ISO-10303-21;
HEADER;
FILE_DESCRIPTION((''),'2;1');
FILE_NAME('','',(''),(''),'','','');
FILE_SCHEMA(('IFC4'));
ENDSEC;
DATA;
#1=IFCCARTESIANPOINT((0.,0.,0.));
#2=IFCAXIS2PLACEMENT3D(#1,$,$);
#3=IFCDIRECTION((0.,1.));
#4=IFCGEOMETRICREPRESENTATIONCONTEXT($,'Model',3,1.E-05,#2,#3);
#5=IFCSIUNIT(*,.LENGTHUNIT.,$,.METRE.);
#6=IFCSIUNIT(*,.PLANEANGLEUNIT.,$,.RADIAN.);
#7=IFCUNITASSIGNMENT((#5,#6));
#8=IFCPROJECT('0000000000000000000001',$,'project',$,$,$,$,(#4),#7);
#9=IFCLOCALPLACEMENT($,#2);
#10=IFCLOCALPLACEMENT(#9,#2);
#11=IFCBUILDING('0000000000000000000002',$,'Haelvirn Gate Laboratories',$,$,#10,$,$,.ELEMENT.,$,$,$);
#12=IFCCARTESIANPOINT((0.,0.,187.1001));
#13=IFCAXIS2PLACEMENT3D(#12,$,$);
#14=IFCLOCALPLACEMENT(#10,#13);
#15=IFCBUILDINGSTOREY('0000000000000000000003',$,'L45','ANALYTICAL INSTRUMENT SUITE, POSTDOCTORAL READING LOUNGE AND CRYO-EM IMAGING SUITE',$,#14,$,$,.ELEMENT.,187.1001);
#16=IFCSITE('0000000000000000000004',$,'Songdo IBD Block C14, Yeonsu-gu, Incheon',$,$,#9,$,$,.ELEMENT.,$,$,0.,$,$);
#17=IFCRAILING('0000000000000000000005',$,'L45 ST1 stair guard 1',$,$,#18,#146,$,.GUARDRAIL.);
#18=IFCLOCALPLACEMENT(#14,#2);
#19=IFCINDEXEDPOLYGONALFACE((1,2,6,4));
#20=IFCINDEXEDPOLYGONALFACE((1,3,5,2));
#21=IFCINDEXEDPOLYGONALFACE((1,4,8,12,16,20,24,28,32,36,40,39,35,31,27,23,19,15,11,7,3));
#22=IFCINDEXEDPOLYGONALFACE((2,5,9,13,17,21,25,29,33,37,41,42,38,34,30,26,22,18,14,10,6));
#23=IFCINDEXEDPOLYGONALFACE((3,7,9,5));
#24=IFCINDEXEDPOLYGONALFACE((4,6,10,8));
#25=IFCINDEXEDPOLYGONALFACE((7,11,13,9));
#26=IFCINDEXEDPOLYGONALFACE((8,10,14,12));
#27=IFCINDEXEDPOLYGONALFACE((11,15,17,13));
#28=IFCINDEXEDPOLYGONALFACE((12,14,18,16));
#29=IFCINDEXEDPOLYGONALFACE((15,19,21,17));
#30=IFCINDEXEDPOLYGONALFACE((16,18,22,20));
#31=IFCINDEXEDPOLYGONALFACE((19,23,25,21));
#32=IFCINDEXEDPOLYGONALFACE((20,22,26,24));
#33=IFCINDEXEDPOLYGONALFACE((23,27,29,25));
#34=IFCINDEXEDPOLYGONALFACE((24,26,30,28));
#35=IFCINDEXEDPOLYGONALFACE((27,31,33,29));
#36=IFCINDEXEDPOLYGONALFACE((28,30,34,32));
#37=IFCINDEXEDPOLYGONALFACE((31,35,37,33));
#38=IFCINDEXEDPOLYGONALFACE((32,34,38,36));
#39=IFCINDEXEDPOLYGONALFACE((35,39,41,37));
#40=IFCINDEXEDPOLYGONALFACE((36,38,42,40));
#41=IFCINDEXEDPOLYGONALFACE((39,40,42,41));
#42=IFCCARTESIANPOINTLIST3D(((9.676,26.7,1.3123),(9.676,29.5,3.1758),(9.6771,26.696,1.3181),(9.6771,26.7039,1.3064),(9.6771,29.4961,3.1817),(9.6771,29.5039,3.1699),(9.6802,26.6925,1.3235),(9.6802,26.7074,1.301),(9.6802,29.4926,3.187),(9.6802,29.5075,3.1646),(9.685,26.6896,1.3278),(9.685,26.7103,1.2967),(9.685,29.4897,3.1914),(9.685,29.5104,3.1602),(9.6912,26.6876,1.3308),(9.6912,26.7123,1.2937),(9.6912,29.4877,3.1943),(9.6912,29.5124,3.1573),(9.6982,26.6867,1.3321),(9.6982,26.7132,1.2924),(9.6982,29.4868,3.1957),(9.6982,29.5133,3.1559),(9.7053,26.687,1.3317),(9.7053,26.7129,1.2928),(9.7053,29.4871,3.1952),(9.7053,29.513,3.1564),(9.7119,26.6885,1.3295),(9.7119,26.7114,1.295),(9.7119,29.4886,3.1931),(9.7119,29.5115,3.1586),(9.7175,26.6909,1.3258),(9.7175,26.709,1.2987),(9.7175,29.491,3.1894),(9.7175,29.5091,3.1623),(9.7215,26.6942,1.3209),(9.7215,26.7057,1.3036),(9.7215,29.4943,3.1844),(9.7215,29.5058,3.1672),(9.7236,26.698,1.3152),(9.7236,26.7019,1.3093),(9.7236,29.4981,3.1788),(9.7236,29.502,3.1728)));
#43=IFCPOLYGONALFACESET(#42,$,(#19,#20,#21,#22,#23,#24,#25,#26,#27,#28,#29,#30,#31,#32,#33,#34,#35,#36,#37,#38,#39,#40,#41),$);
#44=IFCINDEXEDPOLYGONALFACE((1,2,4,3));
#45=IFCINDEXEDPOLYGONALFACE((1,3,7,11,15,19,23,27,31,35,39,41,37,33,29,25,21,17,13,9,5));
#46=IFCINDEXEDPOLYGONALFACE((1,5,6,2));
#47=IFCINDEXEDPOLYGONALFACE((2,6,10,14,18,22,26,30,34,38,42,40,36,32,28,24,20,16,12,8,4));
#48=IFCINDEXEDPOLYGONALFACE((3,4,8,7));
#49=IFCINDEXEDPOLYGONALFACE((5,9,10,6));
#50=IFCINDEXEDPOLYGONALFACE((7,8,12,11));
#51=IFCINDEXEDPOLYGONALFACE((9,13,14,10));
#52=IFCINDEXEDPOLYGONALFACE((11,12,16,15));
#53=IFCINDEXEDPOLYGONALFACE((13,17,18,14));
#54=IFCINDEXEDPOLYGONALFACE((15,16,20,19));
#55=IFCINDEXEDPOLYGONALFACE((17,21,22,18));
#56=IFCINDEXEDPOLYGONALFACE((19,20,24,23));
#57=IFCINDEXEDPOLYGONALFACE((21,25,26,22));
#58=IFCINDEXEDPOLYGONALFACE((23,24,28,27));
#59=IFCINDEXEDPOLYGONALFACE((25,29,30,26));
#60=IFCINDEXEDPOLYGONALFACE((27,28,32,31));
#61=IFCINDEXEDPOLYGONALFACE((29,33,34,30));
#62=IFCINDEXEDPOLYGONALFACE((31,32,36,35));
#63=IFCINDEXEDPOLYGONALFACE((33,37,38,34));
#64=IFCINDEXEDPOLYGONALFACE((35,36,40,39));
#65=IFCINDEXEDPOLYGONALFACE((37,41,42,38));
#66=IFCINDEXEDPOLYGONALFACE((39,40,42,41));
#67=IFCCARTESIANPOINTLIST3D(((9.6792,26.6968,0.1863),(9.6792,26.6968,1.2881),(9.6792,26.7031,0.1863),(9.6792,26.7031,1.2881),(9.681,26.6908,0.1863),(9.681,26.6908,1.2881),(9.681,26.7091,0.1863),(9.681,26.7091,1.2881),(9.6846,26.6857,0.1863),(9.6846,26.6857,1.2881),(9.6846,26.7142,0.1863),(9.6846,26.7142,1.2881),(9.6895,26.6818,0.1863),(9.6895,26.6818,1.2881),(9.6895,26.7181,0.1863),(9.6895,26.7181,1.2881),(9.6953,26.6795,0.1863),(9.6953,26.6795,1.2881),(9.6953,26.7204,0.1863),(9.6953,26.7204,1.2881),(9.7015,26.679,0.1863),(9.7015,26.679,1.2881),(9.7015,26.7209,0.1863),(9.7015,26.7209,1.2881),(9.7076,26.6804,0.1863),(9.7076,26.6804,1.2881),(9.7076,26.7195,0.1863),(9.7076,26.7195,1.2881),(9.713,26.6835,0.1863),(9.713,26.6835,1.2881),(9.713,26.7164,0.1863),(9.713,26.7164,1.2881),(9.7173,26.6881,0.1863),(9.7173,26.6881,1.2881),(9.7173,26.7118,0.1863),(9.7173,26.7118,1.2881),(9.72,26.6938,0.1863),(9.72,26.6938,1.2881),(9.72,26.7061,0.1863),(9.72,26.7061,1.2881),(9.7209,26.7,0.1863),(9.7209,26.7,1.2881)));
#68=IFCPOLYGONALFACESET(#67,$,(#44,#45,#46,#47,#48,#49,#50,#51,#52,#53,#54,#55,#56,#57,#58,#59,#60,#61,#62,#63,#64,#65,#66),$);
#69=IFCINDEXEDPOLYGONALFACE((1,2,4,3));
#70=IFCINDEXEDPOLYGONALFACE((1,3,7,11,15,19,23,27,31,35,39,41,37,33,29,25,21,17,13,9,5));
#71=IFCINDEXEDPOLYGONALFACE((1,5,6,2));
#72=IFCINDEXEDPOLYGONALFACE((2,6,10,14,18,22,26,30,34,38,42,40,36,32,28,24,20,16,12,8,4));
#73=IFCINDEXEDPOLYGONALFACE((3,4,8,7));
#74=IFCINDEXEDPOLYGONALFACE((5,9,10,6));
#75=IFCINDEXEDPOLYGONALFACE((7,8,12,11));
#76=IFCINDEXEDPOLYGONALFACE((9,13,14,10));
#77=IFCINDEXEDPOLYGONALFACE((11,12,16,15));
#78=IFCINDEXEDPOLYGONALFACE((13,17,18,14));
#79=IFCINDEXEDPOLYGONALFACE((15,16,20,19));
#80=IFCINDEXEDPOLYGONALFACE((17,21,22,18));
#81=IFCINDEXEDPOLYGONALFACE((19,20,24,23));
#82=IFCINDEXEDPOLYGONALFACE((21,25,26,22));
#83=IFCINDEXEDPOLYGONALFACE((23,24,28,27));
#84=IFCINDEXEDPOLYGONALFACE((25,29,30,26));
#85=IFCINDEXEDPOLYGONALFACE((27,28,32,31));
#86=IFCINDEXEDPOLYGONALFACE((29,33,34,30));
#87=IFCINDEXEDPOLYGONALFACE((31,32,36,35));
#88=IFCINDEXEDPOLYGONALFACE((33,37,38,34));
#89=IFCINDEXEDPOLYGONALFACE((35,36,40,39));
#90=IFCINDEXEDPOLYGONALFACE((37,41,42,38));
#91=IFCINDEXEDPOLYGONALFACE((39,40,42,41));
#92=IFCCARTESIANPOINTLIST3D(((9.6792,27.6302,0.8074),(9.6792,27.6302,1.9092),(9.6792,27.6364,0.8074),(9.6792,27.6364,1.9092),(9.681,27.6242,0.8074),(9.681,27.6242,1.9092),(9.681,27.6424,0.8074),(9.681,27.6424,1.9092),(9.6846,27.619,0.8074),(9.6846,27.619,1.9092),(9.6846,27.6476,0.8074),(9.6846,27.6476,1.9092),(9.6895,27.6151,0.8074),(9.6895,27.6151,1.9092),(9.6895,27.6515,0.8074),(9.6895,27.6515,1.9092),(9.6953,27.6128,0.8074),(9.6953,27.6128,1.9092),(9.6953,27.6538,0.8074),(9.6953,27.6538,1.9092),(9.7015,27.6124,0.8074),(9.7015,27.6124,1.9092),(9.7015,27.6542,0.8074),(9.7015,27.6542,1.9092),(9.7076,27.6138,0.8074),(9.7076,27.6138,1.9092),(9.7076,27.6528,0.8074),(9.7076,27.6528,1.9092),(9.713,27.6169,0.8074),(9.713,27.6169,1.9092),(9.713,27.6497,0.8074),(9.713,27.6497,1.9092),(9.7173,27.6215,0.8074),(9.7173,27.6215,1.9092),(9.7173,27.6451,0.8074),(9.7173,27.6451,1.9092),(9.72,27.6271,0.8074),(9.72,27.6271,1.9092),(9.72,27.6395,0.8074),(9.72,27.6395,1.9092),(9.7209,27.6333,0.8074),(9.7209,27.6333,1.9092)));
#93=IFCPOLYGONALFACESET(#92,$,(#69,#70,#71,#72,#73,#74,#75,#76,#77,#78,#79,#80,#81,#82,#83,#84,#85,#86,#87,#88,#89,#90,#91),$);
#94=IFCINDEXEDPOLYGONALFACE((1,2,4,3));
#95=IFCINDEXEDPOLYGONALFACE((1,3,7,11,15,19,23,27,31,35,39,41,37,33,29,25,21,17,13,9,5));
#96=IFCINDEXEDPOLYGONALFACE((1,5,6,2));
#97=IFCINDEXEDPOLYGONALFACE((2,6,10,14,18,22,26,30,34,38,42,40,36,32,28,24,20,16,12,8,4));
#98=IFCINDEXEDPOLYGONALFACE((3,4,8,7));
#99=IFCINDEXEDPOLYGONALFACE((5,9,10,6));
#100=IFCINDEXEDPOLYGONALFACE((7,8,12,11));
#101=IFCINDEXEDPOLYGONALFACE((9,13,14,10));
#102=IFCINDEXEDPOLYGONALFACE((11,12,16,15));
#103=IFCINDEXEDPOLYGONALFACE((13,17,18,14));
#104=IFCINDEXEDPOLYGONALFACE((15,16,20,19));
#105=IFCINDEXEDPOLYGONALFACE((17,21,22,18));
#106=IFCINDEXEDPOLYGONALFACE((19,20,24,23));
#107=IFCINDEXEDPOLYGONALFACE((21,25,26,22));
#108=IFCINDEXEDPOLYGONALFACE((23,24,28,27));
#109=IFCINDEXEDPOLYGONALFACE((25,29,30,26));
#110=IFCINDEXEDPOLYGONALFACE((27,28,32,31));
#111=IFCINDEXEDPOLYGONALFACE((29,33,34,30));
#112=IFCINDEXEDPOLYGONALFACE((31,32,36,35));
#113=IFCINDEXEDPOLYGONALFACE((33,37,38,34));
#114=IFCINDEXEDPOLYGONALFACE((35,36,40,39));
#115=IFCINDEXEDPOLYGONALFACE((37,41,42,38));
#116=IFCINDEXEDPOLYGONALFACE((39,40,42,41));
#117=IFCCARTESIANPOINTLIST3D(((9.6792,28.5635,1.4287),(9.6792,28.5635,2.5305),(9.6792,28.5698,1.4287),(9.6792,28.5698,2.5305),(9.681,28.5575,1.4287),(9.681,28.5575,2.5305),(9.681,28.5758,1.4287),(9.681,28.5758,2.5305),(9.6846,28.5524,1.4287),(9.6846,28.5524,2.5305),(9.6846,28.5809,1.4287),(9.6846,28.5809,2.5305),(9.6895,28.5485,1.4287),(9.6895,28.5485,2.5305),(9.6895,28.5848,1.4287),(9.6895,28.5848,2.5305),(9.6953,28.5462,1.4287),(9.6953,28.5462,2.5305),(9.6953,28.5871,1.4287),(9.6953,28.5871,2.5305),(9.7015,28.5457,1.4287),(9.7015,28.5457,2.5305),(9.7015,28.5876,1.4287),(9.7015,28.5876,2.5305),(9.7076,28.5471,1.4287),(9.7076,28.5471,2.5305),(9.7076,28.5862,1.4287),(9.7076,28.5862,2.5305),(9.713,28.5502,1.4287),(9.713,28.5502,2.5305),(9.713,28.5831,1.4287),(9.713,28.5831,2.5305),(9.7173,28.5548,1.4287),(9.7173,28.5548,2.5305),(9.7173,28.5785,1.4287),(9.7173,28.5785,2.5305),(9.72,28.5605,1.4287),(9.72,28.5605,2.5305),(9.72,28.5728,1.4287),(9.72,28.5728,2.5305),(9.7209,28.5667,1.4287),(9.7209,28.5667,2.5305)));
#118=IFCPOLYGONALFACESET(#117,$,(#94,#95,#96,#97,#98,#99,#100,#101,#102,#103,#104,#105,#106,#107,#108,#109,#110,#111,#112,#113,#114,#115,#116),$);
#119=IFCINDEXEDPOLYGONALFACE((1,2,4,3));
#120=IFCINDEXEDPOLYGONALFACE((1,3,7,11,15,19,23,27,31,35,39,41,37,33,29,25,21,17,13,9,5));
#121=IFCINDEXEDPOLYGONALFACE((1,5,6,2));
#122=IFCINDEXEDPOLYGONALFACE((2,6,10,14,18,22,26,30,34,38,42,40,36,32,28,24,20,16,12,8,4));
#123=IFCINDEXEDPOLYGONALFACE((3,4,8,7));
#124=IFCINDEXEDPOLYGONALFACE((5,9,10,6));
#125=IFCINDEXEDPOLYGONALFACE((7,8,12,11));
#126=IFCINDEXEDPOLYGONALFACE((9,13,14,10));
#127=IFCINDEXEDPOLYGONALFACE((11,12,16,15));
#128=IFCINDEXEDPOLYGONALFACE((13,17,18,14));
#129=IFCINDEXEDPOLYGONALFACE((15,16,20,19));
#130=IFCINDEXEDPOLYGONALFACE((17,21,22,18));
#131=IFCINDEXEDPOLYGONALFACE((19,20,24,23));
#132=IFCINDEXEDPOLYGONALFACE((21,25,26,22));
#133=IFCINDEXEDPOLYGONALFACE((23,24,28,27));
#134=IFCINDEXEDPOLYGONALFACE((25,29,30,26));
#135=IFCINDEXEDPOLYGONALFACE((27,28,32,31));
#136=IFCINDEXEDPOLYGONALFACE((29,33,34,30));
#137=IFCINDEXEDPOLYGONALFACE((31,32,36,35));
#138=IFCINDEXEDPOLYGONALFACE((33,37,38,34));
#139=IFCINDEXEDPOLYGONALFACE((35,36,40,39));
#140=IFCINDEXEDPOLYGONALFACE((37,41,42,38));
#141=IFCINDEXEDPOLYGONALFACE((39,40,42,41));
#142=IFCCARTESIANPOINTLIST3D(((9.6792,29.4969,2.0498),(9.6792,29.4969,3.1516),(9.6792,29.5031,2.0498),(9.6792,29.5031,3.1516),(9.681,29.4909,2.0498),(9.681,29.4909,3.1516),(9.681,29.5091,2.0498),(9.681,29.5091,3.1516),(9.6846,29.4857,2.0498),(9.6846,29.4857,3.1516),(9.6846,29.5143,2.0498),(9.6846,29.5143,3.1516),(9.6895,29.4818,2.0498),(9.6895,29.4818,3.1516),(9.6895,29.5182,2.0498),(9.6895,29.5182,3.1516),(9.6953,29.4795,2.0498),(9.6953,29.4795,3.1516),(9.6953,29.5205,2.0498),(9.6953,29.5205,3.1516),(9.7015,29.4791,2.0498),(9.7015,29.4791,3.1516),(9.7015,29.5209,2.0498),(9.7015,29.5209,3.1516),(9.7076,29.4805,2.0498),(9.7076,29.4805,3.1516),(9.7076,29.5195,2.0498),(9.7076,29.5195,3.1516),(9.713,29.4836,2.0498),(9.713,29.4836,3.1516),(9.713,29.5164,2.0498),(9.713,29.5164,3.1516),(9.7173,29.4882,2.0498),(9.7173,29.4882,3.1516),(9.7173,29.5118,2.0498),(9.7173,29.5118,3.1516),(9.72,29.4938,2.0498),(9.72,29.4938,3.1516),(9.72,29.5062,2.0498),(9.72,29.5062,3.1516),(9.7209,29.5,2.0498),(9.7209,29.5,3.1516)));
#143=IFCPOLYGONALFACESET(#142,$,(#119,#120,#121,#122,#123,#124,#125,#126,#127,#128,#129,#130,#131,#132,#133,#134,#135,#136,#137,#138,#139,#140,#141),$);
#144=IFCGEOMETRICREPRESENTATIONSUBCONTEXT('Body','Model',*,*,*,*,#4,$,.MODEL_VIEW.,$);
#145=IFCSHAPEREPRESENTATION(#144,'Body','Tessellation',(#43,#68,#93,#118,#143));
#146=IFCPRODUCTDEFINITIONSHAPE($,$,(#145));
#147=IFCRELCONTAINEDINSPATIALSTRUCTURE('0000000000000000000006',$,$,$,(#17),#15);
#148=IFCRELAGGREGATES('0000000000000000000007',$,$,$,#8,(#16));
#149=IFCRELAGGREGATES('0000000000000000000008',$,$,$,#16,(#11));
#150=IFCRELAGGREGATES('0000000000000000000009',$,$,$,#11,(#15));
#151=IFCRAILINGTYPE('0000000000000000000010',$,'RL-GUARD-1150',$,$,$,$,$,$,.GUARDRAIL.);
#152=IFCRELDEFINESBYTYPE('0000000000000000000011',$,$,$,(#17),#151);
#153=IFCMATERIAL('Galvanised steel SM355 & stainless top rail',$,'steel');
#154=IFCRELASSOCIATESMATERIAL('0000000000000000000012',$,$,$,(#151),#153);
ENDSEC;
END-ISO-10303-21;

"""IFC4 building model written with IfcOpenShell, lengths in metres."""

from ifc_helpers import new_model, si_unit, direction, frame, origin, origin_2d, place, context, subcontext, project, spatial, circle, extrude, source, transform, mapped, material, type_object, element, save


model = new_model("IFC4")

# Units and contexts
model_context = context("Model", 3, precision=1e-05, world=origin(), true_north=direction((0.0, 1.0)))
body_context = subcontext(model_context, "Body", "Model", "MODEL_VIEW")
ifc_project = project(units=[si_unit("LENGTHUNIT", "METRE"), si_unit("PLANEANGLEUNIT", "RADIAN")], contexts=[model_context])

# Site, building, storey
site_placement = place(None, origin())
site = spatial("IfcSite", under=ifc_project, at=site_placement, Name="Songdo IBD Block C14, Yeonsu-gu, Incheon", CompositionType="ELEMENT", RefElevation=0.0)
building_placement = place(site_placement, origin())
building = spatial("IfcBuilding", under=site, at=building_placement, Name="Haelvirn Gate Laboratories", CompositionType="ELEMENT")
storey_placement = place(building_placement, frame((0.0, 0.0, 187.1001)))
storey = spatial("IfcBuildingStorey", under=building, at=storey_placement, Name="L45", Description="ANALYTICAL INSTRUMENT SUITE, POSTDOCTORAL READING LOUNGE AND CRYO-EM IMAGING SUITE", CompositionType="ELEMENT", Elevation=187.1001)

# Railing
ifc_material_1 = material(Name="Galvanised steel SM355 & stainless top rail", Category="steel")
railing_type_1 = type_object("IfcRailingType", Name="RL-GUARD-1150", PredefinedType="GUARDRAIL", material=ifc_material_1)
shared_shape_1 = source(origin(), body_context, "Body", "SweptSolid", [
    extrude(circle(Radius=0.0239, at=origin_2d()), frame((0.0, 0.0, 1.126), z_axis=(0.0, 0.832486, 0.554047), x_axis=(-1.0, 0.0, 0.0)), (0.0, 0.0, 1.0), 3.3635),
    extrude(circle(Radius=0.021, at=origin_2d()), origin(), (0.0, 0.0, 1.0), 1.1018),
    extrude(circle(Radius=0.021, at=origin_2d()), frame((0.0, 0.9333, 0.6211)), (0.0, 0.0, 1.0), 1.1018),
    extrude(circle(Radius=0.021, at=origin_2d()), frame((0.0, 1.8667, 1.2424)), (0.0, 0.0, 1.0), 1.1018),
    extrude(circle(Radius=0.021, at=origin_2d()), frame((0.0, 2.8, 1.8635)), (0.0, 0.0, 1.0), 1.1018),
])
railing_1_placement = place(storey_placement, frame((9.7, 26.7, 0.1863)))
element("IfcRailing", 1, at=railing_1_placement, inside=storey, type_object=railing_type_1, Name="L45 ST1 stair guard 1", PredefinedType="GUARDRAIL", context=body_context, shape_type="MappedRepresentation", body=[
    mapped(shared_shape_1, transform((0.0, 0.0, 0.0), scale=1.0)),
])

save(model, "model.ifc")
